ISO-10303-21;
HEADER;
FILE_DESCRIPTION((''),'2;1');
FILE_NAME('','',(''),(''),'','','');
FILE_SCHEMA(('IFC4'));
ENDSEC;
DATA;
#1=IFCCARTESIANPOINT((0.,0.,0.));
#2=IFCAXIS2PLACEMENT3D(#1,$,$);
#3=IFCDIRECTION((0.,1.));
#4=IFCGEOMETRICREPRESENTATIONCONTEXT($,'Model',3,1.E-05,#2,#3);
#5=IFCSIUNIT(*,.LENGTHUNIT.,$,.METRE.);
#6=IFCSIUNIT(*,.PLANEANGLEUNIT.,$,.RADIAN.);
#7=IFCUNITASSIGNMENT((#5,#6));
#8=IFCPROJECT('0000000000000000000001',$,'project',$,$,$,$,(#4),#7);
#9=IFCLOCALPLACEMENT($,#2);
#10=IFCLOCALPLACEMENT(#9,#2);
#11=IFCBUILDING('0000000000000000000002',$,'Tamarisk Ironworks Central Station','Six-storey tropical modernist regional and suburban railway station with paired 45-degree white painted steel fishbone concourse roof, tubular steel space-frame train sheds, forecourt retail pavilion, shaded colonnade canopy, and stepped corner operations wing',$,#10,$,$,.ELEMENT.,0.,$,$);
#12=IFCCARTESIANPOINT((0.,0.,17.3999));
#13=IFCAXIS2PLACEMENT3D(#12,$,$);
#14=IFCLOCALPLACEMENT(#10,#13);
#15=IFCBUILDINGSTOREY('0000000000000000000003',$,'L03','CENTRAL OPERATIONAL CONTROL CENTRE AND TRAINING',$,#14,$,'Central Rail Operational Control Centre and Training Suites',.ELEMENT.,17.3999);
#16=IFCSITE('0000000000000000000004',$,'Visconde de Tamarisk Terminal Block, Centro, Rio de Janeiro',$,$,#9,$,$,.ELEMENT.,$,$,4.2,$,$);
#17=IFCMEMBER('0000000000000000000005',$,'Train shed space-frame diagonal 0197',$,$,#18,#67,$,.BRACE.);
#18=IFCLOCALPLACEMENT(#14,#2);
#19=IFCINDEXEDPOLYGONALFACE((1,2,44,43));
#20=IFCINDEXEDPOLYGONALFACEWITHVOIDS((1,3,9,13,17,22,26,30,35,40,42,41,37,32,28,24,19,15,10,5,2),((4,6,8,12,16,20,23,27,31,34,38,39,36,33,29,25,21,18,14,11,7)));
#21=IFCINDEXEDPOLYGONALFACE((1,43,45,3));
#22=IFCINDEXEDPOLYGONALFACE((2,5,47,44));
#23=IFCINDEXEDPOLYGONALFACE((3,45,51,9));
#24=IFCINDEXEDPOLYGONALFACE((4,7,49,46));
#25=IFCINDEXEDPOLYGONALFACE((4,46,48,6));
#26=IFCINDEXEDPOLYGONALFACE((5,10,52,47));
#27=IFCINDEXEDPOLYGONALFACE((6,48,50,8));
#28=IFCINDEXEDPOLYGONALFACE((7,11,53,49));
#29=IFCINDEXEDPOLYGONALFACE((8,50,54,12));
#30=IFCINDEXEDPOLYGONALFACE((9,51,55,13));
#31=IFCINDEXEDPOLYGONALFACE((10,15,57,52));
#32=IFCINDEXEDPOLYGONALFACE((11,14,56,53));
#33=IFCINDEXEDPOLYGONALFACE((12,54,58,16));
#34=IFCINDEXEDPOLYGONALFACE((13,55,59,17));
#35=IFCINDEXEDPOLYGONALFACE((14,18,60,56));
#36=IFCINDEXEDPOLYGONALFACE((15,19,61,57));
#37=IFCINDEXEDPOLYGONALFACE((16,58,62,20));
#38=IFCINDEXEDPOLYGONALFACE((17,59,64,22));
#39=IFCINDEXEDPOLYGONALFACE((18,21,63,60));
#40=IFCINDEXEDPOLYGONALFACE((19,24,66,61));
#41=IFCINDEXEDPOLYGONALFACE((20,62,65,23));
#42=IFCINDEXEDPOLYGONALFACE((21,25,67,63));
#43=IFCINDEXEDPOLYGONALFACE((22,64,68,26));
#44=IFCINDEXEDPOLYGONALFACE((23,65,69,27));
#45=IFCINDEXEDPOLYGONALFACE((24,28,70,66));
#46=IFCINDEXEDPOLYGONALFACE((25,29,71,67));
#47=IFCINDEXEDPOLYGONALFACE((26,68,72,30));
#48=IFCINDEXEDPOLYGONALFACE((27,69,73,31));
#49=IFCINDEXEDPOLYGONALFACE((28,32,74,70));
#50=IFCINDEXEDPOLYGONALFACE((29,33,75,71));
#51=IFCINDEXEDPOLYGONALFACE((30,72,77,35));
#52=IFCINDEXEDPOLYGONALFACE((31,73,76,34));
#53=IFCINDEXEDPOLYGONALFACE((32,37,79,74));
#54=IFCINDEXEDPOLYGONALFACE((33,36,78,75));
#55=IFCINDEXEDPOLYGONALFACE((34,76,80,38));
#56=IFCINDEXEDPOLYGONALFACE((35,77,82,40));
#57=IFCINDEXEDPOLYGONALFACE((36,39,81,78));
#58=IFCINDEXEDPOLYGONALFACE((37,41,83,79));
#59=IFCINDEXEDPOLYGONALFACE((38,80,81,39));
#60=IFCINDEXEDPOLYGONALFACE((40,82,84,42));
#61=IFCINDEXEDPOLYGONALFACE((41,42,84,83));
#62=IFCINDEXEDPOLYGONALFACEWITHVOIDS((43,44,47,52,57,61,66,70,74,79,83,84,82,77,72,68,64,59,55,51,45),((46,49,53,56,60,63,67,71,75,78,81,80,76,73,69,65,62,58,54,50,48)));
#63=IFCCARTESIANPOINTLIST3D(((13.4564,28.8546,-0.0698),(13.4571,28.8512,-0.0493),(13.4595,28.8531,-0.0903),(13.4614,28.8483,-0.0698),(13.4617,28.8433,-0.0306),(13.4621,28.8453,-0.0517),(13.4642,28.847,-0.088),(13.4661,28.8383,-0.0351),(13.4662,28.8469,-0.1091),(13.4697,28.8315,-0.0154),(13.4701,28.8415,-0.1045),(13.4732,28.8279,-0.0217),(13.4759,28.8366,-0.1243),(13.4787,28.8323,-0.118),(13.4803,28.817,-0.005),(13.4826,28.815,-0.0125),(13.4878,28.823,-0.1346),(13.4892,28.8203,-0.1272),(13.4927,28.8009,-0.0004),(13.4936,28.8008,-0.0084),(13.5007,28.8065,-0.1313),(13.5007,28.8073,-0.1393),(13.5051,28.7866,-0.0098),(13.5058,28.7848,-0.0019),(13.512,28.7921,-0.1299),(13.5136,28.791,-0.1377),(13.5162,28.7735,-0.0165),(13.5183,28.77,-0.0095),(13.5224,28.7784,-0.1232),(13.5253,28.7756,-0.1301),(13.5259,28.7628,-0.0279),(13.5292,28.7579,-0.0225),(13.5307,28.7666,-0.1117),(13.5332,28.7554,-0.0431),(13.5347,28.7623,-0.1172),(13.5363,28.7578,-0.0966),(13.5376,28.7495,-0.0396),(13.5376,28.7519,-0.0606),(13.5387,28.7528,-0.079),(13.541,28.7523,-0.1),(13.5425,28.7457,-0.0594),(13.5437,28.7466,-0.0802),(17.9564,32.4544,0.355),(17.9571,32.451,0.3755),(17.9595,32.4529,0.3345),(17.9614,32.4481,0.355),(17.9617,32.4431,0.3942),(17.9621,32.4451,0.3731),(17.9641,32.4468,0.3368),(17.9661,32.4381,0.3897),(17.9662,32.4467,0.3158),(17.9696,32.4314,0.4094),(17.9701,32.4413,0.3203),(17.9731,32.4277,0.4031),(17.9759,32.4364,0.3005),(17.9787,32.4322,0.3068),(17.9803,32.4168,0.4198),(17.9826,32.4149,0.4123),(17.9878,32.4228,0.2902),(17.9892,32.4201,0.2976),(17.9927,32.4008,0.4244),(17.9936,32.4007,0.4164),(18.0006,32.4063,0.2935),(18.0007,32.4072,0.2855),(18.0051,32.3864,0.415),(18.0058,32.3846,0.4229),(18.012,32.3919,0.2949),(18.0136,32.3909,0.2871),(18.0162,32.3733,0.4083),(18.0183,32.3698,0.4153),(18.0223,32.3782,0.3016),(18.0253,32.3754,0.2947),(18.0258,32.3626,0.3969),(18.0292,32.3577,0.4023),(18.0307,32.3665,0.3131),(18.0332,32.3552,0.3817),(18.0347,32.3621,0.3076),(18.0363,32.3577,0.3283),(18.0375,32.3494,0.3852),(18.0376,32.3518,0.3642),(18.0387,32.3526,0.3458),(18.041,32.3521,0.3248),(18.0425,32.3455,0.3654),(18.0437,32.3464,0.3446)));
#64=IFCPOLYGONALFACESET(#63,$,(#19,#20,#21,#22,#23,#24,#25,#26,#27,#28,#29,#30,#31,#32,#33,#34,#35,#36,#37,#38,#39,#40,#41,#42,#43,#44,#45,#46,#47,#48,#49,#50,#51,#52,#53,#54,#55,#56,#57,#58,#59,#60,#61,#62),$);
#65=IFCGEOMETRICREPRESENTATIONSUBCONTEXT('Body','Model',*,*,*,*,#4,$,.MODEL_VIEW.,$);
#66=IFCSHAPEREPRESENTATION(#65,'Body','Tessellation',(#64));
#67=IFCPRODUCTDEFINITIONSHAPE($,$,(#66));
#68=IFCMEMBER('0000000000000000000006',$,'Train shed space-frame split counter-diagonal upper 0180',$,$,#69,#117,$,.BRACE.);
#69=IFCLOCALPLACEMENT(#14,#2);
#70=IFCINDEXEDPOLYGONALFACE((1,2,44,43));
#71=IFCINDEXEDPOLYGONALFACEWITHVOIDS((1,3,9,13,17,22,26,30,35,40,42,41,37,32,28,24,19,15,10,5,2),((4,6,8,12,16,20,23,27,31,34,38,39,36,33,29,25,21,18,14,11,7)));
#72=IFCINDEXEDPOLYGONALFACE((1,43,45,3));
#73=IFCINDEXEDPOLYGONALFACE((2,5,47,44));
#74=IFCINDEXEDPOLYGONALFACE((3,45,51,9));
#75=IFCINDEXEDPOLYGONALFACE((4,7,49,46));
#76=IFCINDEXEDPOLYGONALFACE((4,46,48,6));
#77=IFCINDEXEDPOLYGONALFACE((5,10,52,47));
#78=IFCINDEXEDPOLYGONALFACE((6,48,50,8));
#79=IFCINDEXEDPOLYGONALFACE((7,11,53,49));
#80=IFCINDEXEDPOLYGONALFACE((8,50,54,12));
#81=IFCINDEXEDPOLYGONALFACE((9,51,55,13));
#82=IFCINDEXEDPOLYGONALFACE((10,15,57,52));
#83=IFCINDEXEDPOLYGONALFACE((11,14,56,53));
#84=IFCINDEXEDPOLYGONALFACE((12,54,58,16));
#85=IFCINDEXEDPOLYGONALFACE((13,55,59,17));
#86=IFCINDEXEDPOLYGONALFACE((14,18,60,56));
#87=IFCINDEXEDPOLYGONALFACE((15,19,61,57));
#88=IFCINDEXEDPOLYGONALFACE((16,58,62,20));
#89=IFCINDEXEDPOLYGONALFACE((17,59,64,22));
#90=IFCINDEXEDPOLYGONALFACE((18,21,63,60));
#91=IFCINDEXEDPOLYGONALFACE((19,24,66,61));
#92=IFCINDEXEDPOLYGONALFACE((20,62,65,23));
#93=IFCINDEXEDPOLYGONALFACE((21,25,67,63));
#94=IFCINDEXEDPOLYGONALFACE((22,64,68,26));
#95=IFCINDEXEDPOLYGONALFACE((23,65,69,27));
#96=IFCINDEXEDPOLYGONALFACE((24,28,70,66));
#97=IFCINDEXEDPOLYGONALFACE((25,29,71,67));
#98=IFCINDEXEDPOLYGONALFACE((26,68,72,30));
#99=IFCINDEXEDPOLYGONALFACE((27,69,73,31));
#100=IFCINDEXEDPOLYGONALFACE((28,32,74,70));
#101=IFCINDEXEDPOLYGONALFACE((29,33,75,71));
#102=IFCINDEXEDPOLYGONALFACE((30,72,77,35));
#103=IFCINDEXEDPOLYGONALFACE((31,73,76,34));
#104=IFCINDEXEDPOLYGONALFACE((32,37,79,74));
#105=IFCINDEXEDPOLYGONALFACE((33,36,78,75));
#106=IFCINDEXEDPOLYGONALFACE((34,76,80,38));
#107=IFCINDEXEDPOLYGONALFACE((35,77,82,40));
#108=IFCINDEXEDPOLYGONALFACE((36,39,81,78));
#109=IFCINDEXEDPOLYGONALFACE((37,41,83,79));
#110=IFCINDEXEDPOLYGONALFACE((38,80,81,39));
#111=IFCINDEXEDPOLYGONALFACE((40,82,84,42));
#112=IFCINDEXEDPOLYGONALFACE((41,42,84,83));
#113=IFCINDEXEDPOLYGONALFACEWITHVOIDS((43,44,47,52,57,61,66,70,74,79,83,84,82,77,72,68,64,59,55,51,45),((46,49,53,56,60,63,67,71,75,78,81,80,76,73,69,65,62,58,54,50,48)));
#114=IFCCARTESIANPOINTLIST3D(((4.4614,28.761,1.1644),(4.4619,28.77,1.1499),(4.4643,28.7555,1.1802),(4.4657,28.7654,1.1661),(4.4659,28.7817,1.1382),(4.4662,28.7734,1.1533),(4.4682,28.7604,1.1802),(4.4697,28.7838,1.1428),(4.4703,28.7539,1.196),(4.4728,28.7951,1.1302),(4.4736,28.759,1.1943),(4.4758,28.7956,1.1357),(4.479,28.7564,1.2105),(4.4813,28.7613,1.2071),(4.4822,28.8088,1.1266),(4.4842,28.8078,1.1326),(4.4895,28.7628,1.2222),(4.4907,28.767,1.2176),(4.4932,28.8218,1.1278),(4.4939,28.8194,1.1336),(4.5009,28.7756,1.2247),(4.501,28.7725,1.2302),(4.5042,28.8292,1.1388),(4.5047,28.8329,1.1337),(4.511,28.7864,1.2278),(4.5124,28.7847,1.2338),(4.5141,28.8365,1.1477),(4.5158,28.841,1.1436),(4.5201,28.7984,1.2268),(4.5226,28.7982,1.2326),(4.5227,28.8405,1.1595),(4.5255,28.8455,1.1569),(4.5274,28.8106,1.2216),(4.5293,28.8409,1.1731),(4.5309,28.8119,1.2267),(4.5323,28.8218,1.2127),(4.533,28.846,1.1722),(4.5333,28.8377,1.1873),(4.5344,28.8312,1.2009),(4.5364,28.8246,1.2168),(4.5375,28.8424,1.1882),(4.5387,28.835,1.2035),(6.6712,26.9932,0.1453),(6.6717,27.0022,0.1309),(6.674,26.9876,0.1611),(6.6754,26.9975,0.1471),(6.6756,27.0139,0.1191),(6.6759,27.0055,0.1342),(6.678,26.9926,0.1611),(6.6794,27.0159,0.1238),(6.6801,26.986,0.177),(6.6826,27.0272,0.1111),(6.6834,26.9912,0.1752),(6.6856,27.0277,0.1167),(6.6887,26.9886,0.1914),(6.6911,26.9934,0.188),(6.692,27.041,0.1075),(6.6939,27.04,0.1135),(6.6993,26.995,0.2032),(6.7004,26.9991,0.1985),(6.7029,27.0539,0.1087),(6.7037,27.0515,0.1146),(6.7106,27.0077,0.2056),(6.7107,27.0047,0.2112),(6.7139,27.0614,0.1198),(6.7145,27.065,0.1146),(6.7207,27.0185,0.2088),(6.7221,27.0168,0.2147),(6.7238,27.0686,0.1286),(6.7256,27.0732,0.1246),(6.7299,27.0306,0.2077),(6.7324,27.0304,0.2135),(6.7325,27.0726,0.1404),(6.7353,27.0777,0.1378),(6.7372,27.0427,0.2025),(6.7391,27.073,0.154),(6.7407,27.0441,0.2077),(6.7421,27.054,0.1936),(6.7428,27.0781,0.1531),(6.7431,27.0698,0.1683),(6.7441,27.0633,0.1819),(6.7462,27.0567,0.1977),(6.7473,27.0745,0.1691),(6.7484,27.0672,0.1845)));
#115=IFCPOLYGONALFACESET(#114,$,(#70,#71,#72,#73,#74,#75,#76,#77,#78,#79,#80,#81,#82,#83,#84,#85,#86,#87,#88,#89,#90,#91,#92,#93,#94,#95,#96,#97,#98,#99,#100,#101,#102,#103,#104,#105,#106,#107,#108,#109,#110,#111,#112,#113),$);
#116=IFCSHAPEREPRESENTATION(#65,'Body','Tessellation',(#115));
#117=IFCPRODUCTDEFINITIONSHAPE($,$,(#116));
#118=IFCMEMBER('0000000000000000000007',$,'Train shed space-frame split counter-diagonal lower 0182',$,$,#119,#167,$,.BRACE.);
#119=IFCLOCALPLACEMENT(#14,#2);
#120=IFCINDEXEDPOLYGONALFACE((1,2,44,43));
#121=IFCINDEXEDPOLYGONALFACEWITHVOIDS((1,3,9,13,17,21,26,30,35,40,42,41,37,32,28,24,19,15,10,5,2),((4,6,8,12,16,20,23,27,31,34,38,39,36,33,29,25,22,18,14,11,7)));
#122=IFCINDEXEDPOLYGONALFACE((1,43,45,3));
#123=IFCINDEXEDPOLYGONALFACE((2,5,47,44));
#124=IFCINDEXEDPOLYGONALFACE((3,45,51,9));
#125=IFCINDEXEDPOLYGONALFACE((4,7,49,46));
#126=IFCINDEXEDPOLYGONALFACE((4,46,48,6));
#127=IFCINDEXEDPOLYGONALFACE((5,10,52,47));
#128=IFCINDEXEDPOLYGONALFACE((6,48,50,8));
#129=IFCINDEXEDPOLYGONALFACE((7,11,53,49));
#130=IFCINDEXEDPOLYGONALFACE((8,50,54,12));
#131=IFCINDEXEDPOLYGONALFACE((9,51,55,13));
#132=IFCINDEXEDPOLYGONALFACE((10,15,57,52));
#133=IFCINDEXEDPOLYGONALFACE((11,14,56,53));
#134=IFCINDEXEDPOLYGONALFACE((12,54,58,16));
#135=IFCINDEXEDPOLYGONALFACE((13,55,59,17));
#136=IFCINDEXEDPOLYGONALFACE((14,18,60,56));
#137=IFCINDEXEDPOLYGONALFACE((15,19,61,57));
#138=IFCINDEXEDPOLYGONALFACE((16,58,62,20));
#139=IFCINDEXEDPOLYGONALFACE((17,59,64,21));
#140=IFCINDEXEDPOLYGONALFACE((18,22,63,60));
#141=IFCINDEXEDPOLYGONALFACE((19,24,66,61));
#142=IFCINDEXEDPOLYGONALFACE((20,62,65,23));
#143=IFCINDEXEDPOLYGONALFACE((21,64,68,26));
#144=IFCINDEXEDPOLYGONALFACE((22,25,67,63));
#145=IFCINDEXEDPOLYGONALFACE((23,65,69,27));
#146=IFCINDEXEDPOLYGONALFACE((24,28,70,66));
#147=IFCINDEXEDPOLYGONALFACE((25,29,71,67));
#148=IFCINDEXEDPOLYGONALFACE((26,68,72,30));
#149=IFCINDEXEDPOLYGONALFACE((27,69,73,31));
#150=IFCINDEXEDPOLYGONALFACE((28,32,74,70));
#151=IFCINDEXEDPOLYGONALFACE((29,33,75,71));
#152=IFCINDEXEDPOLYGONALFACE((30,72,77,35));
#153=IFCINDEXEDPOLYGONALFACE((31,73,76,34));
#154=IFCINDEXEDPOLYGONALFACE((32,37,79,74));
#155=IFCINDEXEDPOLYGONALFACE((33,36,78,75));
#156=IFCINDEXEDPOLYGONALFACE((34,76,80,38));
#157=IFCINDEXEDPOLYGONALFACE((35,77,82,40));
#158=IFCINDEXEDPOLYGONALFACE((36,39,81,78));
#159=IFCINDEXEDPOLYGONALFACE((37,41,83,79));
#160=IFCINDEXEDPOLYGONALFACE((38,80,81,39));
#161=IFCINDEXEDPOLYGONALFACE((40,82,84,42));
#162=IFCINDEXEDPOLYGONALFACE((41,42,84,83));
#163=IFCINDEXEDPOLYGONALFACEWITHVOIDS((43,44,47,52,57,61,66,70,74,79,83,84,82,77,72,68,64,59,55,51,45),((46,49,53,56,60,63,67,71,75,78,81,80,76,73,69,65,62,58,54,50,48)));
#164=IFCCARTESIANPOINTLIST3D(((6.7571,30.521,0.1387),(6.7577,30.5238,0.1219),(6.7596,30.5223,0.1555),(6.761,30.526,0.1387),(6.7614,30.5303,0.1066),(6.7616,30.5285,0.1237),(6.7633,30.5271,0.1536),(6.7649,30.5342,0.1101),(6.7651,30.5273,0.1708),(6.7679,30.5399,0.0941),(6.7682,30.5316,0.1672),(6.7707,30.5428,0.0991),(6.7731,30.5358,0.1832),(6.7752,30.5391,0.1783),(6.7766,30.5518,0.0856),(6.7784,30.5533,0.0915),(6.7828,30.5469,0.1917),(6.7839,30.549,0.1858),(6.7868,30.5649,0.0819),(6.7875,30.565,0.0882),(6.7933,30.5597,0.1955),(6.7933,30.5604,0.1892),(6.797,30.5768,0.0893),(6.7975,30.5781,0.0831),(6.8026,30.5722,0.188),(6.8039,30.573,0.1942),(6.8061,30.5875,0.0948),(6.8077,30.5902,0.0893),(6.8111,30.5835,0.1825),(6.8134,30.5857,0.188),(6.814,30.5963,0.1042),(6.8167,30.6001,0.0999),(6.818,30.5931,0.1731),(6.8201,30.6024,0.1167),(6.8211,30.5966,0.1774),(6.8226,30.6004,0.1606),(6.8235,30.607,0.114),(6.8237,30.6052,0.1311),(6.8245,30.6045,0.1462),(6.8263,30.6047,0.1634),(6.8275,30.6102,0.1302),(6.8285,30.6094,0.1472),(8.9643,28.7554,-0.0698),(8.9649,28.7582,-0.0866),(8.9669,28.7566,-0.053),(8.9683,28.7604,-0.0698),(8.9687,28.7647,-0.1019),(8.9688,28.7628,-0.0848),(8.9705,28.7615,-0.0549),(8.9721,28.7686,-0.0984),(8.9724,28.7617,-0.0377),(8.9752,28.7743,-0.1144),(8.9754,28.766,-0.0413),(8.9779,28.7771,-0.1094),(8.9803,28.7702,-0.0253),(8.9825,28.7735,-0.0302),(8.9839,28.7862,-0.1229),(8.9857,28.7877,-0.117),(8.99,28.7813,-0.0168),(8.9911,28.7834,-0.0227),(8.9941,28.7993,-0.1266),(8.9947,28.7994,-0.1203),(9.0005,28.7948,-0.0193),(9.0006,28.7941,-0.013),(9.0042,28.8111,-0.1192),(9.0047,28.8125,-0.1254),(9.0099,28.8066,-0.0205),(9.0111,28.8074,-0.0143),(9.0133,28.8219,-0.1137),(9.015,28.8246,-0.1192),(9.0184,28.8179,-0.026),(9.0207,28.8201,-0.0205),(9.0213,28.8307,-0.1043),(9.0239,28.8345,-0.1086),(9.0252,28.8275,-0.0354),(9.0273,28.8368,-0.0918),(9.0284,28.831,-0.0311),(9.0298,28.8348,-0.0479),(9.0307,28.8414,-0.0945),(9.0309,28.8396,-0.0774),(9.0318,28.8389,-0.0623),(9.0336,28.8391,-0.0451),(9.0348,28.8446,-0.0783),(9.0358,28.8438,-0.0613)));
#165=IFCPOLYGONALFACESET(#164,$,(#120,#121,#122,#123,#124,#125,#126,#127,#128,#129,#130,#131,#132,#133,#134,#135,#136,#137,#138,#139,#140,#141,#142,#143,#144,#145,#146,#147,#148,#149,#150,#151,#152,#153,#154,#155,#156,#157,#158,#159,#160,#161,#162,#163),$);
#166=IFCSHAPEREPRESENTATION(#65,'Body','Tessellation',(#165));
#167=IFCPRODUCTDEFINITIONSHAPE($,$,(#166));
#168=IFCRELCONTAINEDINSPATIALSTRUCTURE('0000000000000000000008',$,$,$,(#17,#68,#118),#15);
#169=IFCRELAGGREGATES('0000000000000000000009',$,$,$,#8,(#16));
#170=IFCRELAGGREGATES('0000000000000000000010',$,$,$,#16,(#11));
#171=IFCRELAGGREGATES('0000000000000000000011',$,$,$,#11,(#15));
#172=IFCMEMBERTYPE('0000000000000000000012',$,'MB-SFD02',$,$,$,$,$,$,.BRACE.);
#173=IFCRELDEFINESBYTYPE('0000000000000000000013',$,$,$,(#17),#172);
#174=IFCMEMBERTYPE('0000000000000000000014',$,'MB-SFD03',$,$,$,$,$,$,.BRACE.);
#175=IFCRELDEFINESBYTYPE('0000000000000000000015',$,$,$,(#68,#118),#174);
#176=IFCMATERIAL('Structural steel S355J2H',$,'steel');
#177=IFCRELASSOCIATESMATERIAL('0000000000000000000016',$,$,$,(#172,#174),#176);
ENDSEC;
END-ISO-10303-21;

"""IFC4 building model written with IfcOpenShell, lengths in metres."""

from ifc_helpers import new_model, si_unit, direction, frame, origin, origin_2d, place, context, subcontext, project, spatial, hollow_circle, extrude, material, material_profile, profile_set, type_object, element, save


model = new_model("IFC4")

# Units and contexts
model_context = context("Model", 3, precision=1e-05, world=origin(), true_north=direction((0.0, 1.0)))
body_context = subcontext(model_context, "Body", "Model", "MODEL_VIEW")
ifc_project = project(units=[si_unit("LENGTHUNIT", "METRE"), si_unit("PLANEANGLEUNIT", "RADIAN")], contexts=[model_context])

# Site, building, storey
site_placement = place(None, origin())
site = spatial("IfcSite", under=ifc_project, at=site_placement, Name="Visconde de Tamarisk Terminal Block, Centro, Rio de Janeiro", CompositionType="ELEMENT", RefElevation=4.2)
building_placement = place(site_placement, origin())
building = spatial("IfcBuilding", under=site, at=building_placement, Name="Tamarisk Ironworks Central Station", Description="Six-storey tropical modernist regional and suburban railway station with paired 45-degree white painted steel fishbone concourse roof, tubular steel space-frame train sheds, forecourt retail pavilion, shaded colonnade canopy, and stepped corner operations wing", CompositionType="ELEMENT", ElevationOfRefHeight=0.0)
storey_placement = place(building_placement, frame((0.0, 0.0, 17.3999)))
storey = spatial("IfcBuildingStorey", under=building, at=storey_placement, Name="L03", Description="CENTRAL OPERATIONAL CONTROL CENTRE AND TRAINING", LongName="Central Rail Operational Control Centre and Training Suites", CompositionType="ELEMENT", Elevation=17.3999)

# Members
ifc_material = material(Name="Structural steel S355J2H", Category="steel")
ifc_material_profile_1 = material_profile(ifc_material, hollow_circle(Radius=0.0698, WallThickness=0.0081, at=origin_2d()), Name="CHS 139.7x8")
ifc_profile_set_1 = profile_set([ifc_material_profile_1], Name="Structural steel S355J2H")
member_type_1 = type_object("IfcMemberType", Name="MB-SFD02", PredefinedType="BRACE", material=ifc_profile_set_1)
member_1_placement = place(storey_placement, frame((13.5, 28.8, -0.0698), z_axis=(0.778768, 0.622989, 0.073517), x_axis=(-0.62468, 0.780881, 0.0)))
element("IfcMember", 1, at=member_1_placement, inside=storey, type_object=member_type_1, Name="Train shed space-frame diagonal 0197", PredefinedType="BRACE", context=body_context, shape_type="SweptSolid", body=[
    extrude(hollow_circle(Radius=0.0698, WallThickness=0.0081, at=origin_2d()), origin(), (0.0, 0.0, 1.0), 5.7783),
])
ifc_material_profile_2 = material_profile(ifc_material, hollow_circle(Radius=0.0571, WallThickness=0.0063, at=origin_2d()), Name="CHS 114.3x6.3")
ifc_profile_set_2 = profile_set([ifc_material_profile_2], Name="Structural steel S355J2H")
member_type_2 = type_object("IfcMemberType", Name="MB-SFD03", PredefinedType="BRACE", material=ifc_profile_set_2)
member_2_placement = place(storey_placement, frame((6.7097, 27.0322, 0.1611), z_axis=(-0.734677, 0.587758, 0.338807), x_axis=(-0.624706, -0.78086, 0.0)))
element("IfcMember", 2, at=member_2_placement, inside=storey, type_object=member_type_2, Name="Train shed space-frame split counter-diagonal upper 0180", PredefinedType="BRACE", context=body_context, shape_type="SweptSolid", body=[
    extrude(hollow_circle(Radius=0.0571, WallThickness=0.0063, at=origin_2d()), origin(), (0.0, 0.0, 1.0), 3.0078),
])
for number, where, z_axis, x_axis, name in (
    (3, (9.0, 28.8, -0.0698), (-0.778787, 0.62296, 0.073563), (-0.624653, -0.780903, 0.0), "Train shed space-frame split counter-diagonal lower 0182"),
):
    element("IfcMember", number, at=place(storey_placement, frame(where, z_axis=z_axis, x_axis=x_axis)), inside=storey, type_object=member_type_2, Name=name, PredefinedType="BRACE", context=body_context, shape_type="SweptSolid", body=[
        extrude(hollow_circle(Radius=0.0571, WallThickness=0.0063, at=origin_2d()), origin(), (0.0, 0.0, 1.0), 2.8342),
    ])

save(model, "model.ifc")
